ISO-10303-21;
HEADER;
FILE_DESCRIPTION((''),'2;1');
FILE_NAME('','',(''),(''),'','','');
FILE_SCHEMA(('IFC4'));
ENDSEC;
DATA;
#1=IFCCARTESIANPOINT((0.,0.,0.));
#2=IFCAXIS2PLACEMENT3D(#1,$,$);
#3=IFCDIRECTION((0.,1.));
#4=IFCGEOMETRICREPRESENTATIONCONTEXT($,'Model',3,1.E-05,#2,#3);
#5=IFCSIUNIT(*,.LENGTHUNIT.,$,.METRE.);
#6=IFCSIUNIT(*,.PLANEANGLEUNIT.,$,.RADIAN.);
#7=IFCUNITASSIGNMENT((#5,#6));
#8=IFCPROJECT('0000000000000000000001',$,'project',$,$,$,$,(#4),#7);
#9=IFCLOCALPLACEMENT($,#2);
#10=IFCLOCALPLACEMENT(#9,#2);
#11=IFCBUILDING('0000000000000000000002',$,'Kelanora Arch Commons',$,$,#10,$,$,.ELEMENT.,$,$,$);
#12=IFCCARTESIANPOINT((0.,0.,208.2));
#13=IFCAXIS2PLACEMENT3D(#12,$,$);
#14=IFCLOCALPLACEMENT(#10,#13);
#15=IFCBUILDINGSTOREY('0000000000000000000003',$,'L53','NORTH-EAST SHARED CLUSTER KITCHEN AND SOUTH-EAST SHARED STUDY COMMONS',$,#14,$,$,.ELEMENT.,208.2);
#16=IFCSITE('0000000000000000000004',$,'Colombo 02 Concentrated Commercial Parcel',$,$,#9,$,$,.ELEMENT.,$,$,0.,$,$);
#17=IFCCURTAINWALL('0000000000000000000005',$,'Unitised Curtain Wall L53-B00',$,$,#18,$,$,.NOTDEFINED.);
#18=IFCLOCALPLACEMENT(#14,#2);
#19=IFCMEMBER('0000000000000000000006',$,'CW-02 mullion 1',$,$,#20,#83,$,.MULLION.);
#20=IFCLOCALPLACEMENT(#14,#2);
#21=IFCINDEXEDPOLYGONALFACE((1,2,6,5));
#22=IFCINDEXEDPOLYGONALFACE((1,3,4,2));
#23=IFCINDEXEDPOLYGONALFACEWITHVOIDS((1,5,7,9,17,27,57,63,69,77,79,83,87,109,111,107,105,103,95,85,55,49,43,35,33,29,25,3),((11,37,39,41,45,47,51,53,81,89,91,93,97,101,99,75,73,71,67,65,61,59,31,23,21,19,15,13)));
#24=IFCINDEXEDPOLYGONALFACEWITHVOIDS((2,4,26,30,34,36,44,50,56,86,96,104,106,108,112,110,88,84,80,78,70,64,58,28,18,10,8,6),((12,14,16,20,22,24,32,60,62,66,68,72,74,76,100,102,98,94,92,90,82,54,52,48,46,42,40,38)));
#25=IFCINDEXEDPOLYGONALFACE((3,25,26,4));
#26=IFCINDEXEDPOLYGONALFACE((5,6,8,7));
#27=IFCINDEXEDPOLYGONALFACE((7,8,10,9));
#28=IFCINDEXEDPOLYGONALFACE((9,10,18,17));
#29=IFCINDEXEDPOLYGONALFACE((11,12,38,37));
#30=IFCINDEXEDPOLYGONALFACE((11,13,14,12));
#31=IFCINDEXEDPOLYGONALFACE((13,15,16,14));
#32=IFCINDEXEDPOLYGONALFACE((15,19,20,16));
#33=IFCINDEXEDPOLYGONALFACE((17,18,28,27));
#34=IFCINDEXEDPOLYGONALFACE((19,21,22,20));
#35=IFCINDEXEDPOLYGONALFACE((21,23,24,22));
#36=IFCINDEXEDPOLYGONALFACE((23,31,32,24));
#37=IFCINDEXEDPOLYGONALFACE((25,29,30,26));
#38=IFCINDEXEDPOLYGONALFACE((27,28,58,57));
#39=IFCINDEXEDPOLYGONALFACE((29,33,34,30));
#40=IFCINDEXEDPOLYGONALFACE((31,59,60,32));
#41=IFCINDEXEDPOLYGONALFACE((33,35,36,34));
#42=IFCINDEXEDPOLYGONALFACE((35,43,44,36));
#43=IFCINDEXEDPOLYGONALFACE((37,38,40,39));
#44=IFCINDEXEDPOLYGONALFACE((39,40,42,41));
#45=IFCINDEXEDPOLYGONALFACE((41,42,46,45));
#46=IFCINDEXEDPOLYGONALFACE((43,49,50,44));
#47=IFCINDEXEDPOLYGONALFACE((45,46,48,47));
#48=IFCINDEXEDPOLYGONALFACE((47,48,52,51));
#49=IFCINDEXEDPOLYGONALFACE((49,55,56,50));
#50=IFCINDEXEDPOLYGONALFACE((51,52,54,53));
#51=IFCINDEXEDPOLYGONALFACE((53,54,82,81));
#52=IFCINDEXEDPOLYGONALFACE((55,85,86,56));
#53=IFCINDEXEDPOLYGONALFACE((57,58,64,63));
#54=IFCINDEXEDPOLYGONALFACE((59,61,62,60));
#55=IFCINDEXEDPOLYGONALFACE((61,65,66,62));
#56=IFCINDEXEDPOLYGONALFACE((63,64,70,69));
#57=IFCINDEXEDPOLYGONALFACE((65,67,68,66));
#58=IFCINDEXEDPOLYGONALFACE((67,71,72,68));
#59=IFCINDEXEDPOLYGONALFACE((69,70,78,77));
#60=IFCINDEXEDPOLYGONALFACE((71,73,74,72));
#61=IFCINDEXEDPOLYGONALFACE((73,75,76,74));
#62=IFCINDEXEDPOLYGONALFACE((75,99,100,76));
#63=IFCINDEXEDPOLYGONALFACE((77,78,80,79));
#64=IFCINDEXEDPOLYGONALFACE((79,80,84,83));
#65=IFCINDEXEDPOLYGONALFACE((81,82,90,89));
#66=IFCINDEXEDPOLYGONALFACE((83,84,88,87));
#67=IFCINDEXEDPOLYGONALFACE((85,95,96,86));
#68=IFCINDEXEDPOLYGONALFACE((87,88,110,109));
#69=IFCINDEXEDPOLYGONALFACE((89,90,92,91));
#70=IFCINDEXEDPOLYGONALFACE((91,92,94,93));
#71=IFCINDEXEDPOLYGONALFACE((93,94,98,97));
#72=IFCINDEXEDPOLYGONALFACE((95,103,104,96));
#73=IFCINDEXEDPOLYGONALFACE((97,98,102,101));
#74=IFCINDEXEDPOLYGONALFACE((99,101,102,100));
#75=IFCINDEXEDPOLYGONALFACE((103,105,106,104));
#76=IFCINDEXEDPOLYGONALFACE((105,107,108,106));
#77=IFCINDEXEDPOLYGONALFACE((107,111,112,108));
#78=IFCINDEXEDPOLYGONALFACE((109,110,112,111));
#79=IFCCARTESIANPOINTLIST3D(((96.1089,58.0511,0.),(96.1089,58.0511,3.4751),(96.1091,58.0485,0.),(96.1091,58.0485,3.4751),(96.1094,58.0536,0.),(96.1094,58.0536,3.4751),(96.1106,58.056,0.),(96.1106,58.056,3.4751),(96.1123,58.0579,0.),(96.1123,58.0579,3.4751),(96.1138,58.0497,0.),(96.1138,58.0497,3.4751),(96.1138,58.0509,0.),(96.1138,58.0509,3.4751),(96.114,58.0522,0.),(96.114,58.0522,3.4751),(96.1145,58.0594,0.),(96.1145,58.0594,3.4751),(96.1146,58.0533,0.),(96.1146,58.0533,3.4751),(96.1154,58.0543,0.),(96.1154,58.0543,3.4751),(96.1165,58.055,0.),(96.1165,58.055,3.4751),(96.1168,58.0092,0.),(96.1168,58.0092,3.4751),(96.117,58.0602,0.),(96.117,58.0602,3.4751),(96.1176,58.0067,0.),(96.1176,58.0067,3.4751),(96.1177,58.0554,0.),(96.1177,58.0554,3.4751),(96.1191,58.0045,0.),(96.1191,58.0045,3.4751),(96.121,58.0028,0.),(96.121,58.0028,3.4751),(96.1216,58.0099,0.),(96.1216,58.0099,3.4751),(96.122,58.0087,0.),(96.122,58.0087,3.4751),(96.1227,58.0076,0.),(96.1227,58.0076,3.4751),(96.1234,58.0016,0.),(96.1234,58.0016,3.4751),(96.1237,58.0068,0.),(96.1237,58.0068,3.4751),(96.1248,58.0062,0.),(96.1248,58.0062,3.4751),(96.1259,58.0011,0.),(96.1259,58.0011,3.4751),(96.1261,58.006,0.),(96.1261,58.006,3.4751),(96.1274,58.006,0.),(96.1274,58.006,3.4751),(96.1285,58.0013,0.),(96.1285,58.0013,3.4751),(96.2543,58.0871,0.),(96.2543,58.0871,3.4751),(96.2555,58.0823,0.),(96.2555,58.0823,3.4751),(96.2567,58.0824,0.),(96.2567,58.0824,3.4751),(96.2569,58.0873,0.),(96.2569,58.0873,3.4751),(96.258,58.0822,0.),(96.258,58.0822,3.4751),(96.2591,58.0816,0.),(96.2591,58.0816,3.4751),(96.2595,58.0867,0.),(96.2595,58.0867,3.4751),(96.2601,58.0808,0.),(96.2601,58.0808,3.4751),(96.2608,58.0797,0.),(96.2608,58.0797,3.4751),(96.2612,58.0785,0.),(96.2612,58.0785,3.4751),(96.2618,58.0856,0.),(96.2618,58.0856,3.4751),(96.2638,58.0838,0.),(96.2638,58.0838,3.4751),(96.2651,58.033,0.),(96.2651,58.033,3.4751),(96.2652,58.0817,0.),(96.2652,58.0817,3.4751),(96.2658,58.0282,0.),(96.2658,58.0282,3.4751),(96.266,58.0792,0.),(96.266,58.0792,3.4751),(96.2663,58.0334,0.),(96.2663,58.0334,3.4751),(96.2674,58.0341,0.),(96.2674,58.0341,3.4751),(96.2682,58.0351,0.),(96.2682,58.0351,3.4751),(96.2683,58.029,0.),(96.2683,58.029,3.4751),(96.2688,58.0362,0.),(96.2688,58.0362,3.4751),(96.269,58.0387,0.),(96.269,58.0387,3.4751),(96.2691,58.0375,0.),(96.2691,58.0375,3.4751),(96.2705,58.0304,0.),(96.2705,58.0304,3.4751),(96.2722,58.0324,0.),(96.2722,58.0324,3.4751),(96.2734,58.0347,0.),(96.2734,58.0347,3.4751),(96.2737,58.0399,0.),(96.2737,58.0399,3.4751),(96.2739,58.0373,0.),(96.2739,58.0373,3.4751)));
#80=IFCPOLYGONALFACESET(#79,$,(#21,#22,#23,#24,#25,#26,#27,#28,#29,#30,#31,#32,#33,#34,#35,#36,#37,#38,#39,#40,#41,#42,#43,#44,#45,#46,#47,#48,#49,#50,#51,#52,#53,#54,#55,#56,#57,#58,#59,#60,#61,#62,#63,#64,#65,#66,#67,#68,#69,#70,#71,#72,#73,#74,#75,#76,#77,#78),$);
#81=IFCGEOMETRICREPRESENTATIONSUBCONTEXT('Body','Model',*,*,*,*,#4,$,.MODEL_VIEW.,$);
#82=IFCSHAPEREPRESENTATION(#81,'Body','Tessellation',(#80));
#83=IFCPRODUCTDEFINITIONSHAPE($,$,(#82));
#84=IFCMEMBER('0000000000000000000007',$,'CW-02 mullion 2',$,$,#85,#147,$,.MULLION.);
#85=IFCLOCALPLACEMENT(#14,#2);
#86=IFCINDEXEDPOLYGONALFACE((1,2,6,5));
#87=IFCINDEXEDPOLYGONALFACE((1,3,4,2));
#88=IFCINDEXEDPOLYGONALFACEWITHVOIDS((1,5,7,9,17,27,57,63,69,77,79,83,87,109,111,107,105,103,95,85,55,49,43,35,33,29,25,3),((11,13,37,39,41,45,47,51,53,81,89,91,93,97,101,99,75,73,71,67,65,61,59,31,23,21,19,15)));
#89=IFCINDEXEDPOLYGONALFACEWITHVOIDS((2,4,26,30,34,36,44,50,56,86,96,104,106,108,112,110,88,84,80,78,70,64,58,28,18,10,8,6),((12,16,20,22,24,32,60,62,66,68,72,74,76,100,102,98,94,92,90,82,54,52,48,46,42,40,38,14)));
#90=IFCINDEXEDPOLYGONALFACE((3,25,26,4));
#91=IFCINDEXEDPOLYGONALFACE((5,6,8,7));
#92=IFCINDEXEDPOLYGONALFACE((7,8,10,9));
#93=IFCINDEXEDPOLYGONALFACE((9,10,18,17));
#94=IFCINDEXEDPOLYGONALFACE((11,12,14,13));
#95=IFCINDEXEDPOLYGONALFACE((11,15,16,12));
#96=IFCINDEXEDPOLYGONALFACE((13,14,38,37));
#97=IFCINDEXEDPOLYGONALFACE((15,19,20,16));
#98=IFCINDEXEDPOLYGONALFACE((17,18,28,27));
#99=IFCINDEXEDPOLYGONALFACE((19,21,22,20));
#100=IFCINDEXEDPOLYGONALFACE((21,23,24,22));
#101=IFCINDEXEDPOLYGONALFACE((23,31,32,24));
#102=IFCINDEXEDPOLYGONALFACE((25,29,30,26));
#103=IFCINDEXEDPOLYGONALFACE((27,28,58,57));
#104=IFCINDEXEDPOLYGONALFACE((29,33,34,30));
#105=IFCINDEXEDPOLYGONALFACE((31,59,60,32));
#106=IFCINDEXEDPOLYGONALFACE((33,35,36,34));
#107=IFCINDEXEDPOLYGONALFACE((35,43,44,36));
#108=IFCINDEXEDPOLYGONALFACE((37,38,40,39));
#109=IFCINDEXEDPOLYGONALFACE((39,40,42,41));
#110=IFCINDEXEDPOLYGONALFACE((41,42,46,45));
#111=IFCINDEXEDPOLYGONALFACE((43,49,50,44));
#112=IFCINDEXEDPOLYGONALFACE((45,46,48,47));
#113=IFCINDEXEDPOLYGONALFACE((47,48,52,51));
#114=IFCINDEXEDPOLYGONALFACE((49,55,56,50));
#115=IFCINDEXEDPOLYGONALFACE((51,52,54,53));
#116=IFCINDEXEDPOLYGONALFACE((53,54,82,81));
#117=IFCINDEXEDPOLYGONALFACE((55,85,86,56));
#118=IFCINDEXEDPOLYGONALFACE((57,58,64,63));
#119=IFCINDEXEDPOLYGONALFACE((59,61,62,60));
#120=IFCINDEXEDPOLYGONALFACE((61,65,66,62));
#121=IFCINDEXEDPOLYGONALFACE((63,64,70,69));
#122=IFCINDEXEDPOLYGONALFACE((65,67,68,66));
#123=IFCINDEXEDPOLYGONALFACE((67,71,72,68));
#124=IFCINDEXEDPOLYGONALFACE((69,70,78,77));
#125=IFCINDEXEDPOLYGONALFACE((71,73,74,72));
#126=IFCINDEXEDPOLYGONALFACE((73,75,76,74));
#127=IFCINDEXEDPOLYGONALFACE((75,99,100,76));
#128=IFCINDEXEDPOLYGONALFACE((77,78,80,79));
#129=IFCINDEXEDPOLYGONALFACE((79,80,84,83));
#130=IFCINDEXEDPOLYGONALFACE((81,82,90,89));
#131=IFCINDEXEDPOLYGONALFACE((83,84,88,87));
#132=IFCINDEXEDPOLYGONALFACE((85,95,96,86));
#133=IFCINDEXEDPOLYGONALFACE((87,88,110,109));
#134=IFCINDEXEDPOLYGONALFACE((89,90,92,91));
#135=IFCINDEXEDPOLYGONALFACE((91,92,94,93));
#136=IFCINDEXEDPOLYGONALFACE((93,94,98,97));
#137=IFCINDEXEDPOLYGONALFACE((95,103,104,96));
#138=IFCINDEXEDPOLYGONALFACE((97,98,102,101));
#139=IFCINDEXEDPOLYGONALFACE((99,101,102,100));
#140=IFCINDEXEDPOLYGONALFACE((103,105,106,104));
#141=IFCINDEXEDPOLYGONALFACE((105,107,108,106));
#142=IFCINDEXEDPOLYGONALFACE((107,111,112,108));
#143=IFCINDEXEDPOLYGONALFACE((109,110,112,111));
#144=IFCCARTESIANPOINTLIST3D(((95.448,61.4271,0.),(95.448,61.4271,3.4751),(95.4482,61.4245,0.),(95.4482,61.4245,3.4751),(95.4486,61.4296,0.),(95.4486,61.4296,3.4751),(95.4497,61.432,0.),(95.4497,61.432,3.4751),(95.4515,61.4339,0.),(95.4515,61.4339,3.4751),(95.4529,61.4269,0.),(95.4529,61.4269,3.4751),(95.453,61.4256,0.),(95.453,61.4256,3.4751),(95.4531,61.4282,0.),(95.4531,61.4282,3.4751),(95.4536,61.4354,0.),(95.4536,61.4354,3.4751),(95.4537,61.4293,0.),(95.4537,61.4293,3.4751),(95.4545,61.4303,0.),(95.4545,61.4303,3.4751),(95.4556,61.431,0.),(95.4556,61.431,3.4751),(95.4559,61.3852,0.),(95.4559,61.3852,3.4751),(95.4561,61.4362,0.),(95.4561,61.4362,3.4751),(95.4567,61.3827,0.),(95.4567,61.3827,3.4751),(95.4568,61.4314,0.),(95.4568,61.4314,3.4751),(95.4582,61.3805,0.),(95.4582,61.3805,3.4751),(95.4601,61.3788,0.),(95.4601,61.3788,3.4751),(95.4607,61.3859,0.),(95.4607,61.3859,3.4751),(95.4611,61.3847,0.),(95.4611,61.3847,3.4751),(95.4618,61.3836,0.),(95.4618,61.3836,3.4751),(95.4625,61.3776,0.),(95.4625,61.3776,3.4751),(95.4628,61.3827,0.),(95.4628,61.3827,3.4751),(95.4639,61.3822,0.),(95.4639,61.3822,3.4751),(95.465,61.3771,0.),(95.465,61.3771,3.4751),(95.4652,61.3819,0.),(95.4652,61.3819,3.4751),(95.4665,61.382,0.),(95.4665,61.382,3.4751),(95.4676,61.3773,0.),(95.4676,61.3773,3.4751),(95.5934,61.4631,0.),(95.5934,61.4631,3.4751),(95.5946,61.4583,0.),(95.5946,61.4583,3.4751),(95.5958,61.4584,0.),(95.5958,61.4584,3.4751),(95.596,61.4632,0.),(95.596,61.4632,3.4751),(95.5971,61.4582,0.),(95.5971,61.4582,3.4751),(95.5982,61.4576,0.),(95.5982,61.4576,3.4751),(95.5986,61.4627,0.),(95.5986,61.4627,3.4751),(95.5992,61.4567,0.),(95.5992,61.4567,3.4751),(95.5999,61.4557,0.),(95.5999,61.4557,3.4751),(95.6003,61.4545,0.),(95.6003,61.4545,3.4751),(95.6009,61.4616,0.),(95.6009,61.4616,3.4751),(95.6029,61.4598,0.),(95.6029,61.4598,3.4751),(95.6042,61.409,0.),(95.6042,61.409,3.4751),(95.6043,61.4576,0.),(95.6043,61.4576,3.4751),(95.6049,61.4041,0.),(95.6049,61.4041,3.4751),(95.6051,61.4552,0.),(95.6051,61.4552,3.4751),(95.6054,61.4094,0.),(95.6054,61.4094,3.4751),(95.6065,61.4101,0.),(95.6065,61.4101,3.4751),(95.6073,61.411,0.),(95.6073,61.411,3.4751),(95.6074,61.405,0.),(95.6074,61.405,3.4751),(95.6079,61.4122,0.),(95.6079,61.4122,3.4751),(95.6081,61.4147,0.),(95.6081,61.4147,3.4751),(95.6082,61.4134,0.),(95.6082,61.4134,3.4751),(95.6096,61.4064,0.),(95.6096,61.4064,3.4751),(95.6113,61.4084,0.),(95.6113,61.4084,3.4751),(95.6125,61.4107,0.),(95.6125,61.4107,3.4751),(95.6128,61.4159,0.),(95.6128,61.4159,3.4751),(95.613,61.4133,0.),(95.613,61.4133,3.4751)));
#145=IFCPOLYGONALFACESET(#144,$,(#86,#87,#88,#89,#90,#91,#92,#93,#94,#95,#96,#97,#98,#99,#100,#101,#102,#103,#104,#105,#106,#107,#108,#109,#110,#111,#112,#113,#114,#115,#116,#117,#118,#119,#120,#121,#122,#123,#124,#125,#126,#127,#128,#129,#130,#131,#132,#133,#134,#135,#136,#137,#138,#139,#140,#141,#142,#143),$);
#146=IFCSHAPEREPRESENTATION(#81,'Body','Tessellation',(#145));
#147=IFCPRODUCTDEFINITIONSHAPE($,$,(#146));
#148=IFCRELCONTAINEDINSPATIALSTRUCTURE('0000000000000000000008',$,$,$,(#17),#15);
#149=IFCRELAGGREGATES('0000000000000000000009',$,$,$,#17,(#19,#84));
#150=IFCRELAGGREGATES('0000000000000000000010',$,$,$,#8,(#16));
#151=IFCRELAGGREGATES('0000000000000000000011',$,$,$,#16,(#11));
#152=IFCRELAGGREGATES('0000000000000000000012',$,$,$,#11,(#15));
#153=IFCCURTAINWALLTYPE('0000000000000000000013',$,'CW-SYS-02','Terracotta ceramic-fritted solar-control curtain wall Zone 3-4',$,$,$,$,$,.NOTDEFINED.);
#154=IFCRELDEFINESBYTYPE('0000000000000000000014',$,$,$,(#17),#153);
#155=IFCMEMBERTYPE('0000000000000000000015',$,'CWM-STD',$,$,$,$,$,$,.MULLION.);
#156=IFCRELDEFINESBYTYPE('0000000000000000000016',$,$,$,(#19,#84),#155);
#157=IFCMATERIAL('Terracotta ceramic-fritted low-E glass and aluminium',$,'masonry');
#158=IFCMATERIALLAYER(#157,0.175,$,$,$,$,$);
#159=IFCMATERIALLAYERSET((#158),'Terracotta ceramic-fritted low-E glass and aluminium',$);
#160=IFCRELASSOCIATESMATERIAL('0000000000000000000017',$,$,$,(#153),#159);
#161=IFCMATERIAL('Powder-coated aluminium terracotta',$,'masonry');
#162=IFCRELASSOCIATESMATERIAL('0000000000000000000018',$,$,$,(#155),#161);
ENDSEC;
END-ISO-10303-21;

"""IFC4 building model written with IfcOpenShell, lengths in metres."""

from ifc_helpers import new_model, si_unit, direction, frame, origin, origin_2d, place, context, subcontext, project, spatial, hollow_rectangle, extrude, material, layer, layer_set, material_profile, profile_set, type_object, element, aggregate, save


model = new_model("IFC4")

# Units and contexts
model_context = context("Model", 3, precision=1e-05, world=origin(), true_north=direction((0.0, 1.0)))
body_context = subcontext(model_context, "Body", "Model", "MODEL_VIEW")
ifc_project = project(units=[si_unit("LENGTHUNIT", "METRE"), si_unit("PLANEANGLEUNIT", "RADIAN")], contexts=[model_context])

# Site, building, storey
site_placement = place(None, origin())
site = spatial("IfcSite", under=ifc_project, at=site_placement, Name="Colombo 02 Concentrated Commercial Parcel", CompositionType="ELEMENT", RefElevation=0.0)
building_placement = place(site_placement, origin())
building = spatial("IfcBuilding", under=site, at=building_placement, Name="Kelanora Arch Commons", CompositionType="ELEMENT")
storey_placement = place(building_placement, frame((0.0, 0.0, 208.2)))
storey = spatial("IfcBuildingStorey", under=building, at=storey_placement, Name="L53", Description="NORTH-EAST SHARED CLUSTER KITCHEN AND SOUTH-EAST SHARED STUDY COMMONS", CompositionType="ELEMENT", Elevation=208.2)

# Curtain wall, members
ifc_material_1 = material(Name="Terracotta ceramic-fritted low-E glass and aluminium", Category="masonry")
ifc_layer_1 = layer(ifc_material_1, 0.175)
ifc_layer_set_1 = layer_set([ifc_layer_1], Name="Terracotta ceramic-fritted low-E glass and aluminium")
curtain_wall_type = type_object("IfcCurtainWallType", Name="CW-SYS-02", Description="Terracotta ceramic-fritted solar-control curtain wall Zone 3-4", PredefinedType="NOTDEFINED", material=ifc_layer_set_1)
curtain_wall_placement = place(storey_placement, origin())
curtain_wall = element("IfcCurtainWall", 1, at=curtain_wall_placement, inside=storey, type_object=curtain_wall_type, Name="Unitised Curtain Wall L53-B00", PredefinedType="NOTDEFINED")
ifc_material_2 = material(Name="Powder-coated aluminium terracotta", Category="masonry")
ifc_material_profile_1 = material_profile(ifc_material_2, hollow_rectangle(XDim=0.1599, YDim=0.0601, WallThickness=0.0049, InnerFilletRadius=0.0049, OuterFilletRadius=0.01, at=origin_2d()), Name="CWM160x60")
ifc_profile_set_1 = profile_set([ifc_material_profile_1], Name="Powder-coated aluminium terracotta")
member_type_1 = type_object("IfcMemberType", Name="CWM-STD", PredefinedType="MULLION", material=ifc_profile_set_1)
member_1_placement = place(storey_placement, frame((96.1914, 58.0442, 0.0), z_axis=(0.0, 0.0, 1.0), x_axis=(-0.981381, -0.192069, 0.0)))
member_1 = element("IfcMember", 2, at=member_1_placement, type_object=member_type_1, Name="CW-02 mullion 1", PredefinedType="MULLION", context=body_context, shape_type="SweptSolid", body=[
    extrude(hollow_rectangle(XDim=0.1599, YDim=0.0601, WallThickness=0.0049, InnerFilletRadius=0.0049, OuterFilletRadius=0.01, at=origin_2d()), origin(), (0.0, 0.0, 1.0), 3.4751),
])
member_2_placement = place(storey_placement, frame((95.5305, 61.4202, 0.0), z_axis=(0.0, 0.0, 1.0), x_axis=(-0.981381, -0.192069, 0.0)))
member_2 = element("IfcMember", 3, at=member_2_placement, type_object=member_type_1, Name="CW-02 mullion 2", PredefinedType="MULLION", context=body_context, shape_type="SweptSolid", body=[
    extrude(hollow_rectangle(XDim=0.1599, YDim=0.0601, WallThickness=0.0049, InnerFilletRadius=0.0049, OuterFilletRadius=0.01, at=origin_2d()), origin(), (0.0, 0.0, 1.0), 3.4751),
])
aggregate(curtain_wall, [member_1, member_2])

save(model, "model.ifc")
